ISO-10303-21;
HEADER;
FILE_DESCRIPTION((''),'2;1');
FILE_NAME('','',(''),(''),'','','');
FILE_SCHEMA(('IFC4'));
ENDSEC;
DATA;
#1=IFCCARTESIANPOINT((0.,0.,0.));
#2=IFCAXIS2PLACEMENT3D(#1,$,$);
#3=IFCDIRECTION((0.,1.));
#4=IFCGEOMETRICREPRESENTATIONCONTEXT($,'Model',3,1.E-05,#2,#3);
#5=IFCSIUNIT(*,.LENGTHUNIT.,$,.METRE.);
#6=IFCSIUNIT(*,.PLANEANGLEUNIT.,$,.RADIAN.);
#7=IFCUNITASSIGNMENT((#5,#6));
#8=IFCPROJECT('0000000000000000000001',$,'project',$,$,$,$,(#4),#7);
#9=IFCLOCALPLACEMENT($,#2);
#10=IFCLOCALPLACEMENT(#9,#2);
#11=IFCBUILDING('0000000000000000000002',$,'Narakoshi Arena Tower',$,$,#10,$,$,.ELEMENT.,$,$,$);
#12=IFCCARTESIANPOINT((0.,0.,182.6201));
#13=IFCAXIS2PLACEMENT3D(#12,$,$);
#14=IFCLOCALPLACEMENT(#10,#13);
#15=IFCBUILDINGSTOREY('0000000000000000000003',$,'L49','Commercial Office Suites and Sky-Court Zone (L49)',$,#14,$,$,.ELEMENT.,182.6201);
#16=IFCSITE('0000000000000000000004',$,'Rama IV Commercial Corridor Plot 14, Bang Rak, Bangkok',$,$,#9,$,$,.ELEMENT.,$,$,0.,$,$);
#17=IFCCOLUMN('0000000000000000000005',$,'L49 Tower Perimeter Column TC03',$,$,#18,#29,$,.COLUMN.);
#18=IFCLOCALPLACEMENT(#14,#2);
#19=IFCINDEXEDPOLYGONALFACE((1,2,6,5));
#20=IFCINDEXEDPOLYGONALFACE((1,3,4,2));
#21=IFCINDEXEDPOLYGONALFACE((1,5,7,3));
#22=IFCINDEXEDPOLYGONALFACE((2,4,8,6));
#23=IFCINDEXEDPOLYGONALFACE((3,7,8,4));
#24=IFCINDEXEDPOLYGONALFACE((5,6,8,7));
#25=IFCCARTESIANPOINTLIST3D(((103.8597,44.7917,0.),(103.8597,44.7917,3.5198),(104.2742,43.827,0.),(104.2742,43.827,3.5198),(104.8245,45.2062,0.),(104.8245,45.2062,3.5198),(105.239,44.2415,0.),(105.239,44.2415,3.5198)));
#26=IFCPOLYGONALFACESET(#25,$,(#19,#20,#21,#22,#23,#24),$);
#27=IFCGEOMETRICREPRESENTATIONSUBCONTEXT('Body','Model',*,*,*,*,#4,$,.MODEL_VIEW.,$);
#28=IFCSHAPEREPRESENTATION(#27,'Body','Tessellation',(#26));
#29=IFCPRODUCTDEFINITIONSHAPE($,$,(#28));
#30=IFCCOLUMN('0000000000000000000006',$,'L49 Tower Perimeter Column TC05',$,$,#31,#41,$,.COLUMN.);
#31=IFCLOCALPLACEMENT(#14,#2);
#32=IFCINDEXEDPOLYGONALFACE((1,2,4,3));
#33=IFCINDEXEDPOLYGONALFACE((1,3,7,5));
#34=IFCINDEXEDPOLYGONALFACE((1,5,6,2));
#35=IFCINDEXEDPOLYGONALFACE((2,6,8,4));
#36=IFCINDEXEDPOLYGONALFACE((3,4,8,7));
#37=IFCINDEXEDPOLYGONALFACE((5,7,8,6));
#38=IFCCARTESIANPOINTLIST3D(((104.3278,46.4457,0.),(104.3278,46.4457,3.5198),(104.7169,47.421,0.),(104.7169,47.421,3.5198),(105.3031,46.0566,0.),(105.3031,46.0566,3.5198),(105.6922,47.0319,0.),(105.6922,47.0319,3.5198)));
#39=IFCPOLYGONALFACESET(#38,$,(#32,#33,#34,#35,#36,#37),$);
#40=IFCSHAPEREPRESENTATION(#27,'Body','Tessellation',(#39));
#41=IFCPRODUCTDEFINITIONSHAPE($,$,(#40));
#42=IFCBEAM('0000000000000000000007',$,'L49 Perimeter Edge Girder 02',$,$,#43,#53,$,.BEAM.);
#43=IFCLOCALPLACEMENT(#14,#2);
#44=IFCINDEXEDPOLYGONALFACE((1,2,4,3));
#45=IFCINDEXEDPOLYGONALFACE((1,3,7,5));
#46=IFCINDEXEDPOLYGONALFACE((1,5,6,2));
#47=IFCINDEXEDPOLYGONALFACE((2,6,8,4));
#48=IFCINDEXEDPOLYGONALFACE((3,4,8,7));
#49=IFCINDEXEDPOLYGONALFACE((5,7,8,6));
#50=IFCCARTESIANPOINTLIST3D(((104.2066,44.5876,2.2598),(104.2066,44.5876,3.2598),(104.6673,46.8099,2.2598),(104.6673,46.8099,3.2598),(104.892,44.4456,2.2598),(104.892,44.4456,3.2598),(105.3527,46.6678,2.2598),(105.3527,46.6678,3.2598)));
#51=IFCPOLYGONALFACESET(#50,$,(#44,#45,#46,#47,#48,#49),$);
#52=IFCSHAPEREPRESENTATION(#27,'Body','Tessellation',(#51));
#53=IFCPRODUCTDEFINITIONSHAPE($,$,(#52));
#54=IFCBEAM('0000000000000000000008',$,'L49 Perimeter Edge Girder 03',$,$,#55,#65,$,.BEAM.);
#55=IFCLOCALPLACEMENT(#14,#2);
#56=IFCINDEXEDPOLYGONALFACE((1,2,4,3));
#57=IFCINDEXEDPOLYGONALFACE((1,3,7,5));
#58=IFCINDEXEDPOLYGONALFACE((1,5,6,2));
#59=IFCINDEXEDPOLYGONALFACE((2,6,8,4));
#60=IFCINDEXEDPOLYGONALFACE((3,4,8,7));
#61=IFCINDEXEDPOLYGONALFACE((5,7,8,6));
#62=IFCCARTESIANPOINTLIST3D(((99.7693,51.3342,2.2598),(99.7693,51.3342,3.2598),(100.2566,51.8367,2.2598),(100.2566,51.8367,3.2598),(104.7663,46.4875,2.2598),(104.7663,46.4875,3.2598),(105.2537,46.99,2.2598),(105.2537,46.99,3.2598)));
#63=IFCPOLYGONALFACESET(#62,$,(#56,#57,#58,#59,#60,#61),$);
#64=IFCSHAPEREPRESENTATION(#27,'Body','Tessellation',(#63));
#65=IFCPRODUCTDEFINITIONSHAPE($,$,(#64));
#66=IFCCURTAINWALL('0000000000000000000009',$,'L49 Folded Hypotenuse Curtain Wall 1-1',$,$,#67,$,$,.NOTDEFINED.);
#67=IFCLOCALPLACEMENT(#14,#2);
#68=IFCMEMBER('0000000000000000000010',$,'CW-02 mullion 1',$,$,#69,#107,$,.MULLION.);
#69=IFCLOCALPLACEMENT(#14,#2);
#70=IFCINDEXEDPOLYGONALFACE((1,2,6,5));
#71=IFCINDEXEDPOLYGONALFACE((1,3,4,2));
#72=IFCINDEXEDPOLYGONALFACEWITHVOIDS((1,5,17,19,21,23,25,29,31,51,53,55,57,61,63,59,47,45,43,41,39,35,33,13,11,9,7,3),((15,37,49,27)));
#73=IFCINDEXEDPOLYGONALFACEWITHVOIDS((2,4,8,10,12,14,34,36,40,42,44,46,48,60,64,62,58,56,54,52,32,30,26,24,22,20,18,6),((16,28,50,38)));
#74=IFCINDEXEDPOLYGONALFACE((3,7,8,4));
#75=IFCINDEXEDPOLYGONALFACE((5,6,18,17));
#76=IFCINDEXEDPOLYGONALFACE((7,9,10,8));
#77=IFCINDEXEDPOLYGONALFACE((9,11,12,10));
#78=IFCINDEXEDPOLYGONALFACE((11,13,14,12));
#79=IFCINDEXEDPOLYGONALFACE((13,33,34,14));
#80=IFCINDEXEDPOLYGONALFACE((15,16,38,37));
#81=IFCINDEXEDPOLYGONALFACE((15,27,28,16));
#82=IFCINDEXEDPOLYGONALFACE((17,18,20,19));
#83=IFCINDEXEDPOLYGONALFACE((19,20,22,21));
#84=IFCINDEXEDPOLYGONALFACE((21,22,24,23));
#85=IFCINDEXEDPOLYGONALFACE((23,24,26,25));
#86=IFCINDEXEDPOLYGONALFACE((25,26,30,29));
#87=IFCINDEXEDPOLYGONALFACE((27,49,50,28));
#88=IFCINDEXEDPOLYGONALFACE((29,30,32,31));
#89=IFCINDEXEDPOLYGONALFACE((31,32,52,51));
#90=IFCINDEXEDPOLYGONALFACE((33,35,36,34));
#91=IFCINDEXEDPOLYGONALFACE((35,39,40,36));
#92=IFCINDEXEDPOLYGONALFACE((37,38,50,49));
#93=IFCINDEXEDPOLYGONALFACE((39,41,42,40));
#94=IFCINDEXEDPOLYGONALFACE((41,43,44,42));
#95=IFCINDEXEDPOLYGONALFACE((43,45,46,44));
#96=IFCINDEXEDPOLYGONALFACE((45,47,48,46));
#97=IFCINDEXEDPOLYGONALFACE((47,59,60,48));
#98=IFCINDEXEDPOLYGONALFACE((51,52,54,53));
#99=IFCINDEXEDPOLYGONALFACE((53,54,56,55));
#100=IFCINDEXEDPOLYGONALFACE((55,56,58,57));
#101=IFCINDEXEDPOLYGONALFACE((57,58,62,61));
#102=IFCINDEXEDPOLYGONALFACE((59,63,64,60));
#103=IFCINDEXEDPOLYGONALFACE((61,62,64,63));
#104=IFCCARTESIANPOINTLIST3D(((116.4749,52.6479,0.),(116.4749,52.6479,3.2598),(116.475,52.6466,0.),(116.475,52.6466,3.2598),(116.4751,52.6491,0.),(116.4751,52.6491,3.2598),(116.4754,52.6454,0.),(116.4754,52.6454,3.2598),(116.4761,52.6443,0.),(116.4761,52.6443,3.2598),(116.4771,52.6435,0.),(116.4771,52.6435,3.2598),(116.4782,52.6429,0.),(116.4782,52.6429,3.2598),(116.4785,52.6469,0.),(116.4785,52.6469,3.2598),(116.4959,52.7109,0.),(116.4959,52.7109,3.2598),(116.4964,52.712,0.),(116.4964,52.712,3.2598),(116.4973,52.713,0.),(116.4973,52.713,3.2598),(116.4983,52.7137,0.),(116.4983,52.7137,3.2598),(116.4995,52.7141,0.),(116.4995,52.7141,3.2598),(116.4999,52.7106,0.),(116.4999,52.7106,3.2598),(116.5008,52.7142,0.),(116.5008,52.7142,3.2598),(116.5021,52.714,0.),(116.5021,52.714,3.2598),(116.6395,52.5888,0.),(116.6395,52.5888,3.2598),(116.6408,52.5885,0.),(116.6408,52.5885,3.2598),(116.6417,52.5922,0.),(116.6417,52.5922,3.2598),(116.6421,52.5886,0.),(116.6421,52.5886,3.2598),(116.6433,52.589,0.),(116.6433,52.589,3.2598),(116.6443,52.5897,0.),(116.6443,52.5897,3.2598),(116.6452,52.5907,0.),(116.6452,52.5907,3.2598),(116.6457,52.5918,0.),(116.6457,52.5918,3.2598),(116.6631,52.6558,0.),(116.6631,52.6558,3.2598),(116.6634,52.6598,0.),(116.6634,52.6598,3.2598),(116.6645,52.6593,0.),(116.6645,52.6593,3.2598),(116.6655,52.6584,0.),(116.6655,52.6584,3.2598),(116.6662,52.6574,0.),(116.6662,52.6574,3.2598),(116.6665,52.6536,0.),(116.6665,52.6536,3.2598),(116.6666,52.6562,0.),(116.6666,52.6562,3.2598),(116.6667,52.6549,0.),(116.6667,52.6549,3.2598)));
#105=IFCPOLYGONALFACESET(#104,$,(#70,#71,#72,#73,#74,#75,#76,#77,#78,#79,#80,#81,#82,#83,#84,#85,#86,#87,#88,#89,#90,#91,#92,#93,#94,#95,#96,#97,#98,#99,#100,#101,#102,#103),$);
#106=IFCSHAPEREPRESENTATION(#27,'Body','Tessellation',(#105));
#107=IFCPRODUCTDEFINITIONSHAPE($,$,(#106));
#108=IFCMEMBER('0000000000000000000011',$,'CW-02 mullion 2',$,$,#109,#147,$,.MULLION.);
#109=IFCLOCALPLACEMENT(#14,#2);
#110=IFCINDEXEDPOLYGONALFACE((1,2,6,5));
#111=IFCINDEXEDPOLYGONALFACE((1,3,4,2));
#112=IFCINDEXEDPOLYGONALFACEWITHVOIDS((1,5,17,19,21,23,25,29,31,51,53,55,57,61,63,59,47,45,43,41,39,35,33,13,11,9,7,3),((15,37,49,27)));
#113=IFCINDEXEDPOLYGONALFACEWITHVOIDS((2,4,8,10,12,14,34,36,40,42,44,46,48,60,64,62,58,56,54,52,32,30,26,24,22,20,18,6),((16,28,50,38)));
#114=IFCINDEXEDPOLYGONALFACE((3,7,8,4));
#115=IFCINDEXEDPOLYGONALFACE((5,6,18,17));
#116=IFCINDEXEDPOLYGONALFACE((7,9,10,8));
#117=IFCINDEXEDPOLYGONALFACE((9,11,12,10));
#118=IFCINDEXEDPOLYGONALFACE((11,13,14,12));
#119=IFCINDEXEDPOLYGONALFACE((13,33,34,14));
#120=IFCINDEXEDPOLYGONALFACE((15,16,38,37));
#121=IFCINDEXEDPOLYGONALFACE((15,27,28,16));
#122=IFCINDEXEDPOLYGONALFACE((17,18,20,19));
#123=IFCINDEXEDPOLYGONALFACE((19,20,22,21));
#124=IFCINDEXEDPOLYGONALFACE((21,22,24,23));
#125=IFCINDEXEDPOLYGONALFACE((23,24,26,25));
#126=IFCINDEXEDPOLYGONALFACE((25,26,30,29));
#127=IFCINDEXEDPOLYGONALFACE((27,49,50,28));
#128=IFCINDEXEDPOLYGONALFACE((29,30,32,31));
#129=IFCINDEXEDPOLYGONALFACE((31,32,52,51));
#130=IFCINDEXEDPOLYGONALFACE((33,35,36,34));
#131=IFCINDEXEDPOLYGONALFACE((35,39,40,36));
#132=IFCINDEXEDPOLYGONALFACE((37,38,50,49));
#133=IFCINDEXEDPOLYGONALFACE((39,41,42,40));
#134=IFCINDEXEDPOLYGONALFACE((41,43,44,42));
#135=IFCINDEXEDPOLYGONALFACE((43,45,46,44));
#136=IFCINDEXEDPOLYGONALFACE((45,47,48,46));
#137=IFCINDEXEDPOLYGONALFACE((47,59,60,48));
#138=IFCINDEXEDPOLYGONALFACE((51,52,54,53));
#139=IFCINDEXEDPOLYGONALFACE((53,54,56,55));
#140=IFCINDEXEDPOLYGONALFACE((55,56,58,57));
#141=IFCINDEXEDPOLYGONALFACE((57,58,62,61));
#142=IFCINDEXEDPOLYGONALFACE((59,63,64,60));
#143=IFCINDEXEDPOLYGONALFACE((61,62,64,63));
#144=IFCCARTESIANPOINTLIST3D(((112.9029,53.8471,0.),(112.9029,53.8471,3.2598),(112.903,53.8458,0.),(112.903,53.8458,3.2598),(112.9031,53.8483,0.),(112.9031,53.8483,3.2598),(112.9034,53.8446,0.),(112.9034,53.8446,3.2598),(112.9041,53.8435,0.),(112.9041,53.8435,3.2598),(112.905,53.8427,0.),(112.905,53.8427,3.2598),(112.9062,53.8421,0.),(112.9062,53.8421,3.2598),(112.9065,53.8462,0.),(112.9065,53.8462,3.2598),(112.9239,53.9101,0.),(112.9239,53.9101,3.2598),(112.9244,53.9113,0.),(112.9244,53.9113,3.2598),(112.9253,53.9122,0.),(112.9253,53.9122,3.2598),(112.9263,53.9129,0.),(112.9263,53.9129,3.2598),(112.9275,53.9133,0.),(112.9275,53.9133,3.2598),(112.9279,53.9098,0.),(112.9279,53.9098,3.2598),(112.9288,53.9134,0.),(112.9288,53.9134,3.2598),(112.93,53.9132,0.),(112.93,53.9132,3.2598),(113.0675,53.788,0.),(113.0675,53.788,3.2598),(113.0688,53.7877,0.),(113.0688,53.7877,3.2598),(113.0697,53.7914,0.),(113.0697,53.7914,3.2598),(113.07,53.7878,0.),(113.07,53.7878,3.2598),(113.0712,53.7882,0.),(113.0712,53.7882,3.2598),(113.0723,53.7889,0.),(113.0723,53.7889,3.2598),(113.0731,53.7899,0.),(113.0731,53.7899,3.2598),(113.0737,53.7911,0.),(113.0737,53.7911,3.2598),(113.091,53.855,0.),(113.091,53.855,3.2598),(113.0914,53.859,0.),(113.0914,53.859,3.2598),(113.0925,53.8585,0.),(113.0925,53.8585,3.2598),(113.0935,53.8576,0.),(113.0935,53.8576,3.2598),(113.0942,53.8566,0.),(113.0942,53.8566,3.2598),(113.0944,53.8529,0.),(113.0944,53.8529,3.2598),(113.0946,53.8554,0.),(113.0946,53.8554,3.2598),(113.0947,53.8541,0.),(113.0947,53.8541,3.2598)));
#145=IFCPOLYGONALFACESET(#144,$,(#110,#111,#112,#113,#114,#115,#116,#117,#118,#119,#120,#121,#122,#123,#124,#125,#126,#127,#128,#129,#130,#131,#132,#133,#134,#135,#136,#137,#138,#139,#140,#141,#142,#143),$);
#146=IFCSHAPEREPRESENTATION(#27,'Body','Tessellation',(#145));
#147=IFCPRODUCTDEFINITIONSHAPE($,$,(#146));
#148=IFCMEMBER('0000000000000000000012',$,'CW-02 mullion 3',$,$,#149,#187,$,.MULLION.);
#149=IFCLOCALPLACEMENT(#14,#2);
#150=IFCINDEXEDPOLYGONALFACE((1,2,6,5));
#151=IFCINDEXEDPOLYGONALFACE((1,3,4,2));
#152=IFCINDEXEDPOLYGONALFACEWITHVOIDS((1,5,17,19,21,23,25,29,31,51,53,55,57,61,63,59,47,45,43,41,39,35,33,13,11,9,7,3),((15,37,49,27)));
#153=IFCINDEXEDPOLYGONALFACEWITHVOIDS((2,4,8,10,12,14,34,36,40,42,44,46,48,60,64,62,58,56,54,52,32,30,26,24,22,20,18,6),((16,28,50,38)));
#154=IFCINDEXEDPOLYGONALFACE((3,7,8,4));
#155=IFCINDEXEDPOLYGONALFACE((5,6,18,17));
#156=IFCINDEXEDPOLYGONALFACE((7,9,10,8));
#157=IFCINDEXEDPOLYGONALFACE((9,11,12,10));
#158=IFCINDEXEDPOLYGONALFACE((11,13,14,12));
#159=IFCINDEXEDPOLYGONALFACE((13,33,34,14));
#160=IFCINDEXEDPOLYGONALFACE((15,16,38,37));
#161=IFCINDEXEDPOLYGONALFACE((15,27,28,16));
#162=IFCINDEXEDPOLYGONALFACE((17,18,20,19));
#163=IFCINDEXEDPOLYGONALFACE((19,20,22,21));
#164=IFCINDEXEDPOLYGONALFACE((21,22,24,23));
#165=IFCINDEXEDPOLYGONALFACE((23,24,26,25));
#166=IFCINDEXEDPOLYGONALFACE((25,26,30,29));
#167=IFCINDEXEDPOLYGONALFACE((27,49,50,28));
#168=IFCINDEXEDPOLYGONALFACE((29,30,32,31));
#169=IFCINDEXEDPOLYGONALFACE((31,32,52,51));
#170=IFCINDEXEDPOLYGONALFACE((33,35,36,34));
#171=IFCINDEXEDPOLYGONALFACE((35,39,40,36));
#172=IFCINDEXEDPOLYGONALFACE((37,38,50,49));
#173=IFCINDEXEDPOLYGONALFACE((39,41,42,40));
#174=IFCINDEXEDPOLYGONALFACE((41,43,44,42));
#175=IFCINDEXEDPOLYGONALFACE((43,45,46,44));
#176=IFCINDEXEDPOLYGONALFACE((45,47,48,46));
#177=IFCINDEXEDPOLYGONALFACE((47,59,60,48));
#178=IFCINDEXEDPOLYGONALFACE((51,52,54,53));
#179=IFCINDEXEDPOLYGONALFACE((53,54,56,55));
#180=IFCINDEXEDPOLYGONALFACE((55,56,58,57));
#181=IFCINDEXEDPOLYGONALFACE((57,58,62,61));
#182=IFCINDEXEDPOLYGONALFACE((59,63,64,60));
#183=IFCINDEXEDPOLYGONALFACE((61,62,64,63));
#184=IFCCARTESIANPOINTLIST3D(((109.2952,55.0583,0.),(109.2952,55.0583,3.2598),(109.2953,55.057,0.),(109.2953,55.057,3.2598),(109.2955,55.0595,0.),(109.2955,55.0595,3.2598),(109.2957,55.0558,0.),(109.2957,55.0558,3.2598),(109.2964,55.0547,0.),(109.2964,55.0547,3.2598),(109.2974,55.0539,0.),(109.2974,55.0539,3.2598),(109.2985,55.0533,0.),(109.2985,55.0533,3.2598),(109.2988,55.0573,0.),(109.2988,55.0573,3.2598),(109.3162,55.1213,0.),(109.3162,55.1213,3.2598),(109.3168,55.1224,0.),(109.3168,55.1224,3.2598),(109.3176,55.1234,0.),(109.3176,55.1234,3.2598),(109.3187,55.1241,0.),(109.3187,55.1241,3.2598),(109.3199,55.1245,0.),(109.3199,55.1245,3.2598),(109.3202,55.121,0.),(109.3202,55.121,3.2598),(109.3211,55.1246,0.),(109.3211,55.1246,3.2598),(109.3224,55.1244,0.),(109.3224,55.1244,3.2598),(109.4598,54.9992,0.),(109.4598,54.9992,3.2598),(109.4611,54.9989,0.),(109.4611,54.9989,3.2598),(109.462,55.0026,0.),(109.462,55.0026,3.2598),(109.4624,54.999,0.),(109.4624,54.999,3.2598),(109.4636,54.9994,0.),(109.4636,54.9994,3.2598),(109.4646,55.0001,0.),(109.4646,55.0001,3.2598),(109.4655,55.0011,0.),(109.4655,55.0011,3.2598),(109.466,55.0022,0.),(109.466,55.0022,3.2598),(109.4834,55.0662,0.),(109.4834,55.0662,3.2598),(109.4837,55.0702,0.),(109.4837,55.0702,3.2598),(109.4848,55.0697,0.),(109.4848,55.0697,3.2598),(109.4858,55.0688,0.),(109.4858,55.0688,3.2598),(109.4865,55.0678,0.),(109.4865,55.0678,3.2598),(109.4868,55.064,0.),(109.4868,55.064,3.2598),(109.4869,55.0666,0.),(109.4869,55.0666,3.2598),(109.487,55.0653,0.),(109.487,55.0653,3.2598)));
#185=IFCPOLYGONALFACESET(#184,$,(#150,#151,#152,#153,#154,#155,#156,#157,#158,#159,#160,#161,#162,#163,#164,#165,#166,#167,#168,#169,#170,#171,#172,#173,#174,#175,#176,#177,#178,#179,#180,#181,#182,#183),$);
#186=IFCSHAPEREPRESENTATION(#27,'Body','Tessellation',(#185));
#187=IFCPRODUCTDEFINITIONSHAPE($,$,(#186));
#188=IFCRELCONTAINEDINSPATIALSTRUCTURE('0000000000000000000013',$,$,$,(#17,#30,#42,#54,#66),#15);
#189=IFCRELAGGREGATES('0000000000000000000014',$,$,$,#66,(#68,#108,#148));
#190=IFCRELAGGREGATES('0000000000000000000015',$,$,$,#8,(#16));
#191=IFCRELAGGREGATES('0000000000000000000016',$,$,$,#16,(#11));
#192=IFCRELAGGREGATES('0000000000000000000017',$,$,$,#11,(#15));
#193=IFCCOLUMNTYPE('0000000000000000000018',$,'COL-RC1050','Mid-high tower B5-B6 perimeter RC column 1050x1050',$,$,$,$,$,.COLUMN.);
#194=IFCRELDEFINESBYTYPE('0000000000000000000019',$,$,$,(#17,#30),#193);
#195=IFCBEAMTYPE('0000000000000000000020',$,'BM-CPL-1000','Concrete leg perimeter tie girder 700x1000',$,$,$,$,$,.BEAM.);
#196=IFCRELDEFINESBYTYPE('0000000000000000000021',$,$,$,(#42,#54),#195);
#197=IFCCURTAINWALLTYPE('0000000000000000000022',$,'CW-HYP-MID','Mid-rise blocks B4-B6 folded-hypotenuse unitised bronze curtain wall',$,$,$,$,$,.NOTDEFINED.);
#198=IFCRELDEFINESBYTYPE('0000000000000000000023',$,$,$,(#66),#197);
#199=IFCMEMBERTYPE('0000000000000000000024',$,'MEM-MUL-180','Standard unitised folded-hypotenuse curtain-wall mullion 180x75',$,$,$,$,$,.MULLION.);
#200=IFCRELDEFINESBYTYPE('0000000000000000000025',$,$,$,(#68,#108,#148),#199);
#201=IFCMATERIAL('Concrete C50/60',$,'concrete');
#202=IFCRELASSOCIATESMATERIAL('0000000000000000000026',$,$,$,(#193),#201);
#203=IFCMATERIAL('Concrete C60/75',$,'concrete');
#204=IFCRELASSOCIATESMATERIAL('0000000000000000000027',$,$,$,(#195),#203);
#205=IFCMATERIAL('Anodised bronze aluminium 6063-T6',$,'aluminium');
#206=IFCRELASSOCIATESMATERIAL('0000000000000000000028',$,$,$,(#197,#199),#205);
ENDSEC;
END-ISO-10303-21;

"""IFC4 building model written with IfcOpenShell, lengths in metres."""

from ifc_helpers import new_model, si_unit, direction, frame, origin, origin_2d, place, context, subcontext, project, spatial, rectangle, hollow_rectangle, extrude, material, material_profile, profile_set, type_object, element, aggregate, save


model = new_model("IFC4")

# Units and contexts
model_context = context("Model", 3, precision=1e-05, world=origin(), true_north=direction((0.0, 1.0)))
body_context = subcontext(model_context, "Body", "Model", "MODEL_VIEW")
ifc_project = project(units=[si_unit("LENGTHUNIT", "METRE"), si_unit("PLANEANGLEUNIT", "RADIAN")], contexts=[model_context])

# Site, building, storey
site_placement = place(None, origin())
site = spatial("IfcSite", under=ifc_project, at=site_placement, Name="Rama IV Commercial Corridor Plot 14, Bang Rak, Bangkok", CompositionType="ELEMENT", RefElevation=0.0)
building_placement = place(site_placement, origin())
building = spatial("IfcBuilding", under=site, at=building_placement, Name="Narakoshi Arena Tower", CompositionType="ELEMENT")
storey_placement = place(building_placement, frame((0.0, 0.0, 182.6201)))
storey = spatial("IfcBuildingStorey", under=building, at=storey_placement, Name="L49", Description="Commercial Office Suites and Sky-Court Zone (L49)", CompositionType="ELEMENT", Elevation=182.6201)

# Columns
ifc_material_1 = material(Name="Concrete C50/60", Category="concrete")
ifc_material_profile_1 = material_profile(ifc_material_1, rectangle(XDim=1.05, YDim=1.05, at=origin_2d()), Name="RC1050x1050")
ifc_profile_set_1 = profile_set([ifc_material_profile_1], Name="Concrete C50/60")
column_type = type_object("IfcColumnType", Name="COL-RC1050", Description="Mid-high tower B5-B6 perimeter RC column 1050x1050", PredefinedType="COLUMN", material=ifc_profile_set_1)
for number, where, z_axis, x_axis, name in (
    (1, (104.5493, 44.5166, 0.0), (0.0, 0.0, 1.0), (0.918791, 0.394744, 0.0), "L49 Tower Perimeter Column TC03"),
    (2, (105.01, 46.7388, 0.0), (0.0, 0.0, 1.0), (0.370557, 0.92881, 0.0), "L49 Tower Perimeter Column TC05"),
):
    element("IfcColumn", number, at=place(storey_placement, frame(where, z_axis=z_axis, x_axis=x_axis)), inside=storey, type_object=column_type, Name=name, PredefinedType="COLUMN", context=body_context, shape_type="SweptSolid", body=[
        extrude(rectangle(XDim=1.05, YDim=1.05, at=origin_2d()), origin(), (0.0, 0.0, 1.0), 3.5198),
    ])

# Beams
ifc_material_2 = material(Name="Concrete C60/75", Category="concrete")
ifc_material_profile_2 = material_profile(ifc_material_2, rectangle(XDim=0.7, YDim=1.0, at=origin_2d()), Name="RCB700x1000")
ifc_profile_set_2 = profile_set([ifc_material_profile_2], Name="Concrete C60/75")
beam_type = type_object("IfcBeamType", Name="BM-CPL-1000", Description="Concrete leg perimeter tie girder 700x1000", PredefinedType="BEAM", material=ifc_profile_set_2)
beam_1_placement = place(storey_placement, frame((104.5493, 44.5166, 2.7598), z_axis=(0.203, 0.979179, 0.0), x_axis=(-0.979179, 0.203, 0.0)))
element("IfcBeam", 3, at=beam_1_placement, inside=storey, type_object=beam_type, Name="L49 Perimeter Edge Girder 02", PredefinedType="BEAM", context=body_context, shape_type="SweptSolid", body=[
    extrude(rectangle(XDim=0.7, YDim=1.0, at=origin_2d()), origin(), (0.0, 0.0, 1.0), 2.2695),
])
beam_2_placement = place(storey_placement, frame((105.01, 46.7388, 2.7598), z_axis=(-0.717826, 0.696223, 0.0), x_axis=(-0.696223, -0.717826, 0.0)))
element("IfcBeam", 4, at=beam_2_placement, inside=storey, type_object=beam_type, Name="L49 Perimeter Edge Girder 03", PredefinedType="BEAM", context=body_context, shape_type="SweptSolid", body=[
    extrude(rectangle(XDim=0.7, YDim=1.0, at=origin_2d()), origin(), (0.0, 0.0, 1.0), 6.9614),
])

# Curtain wall, members
ifc_material_3 = material(Name="Anodised bronze aluminium 6063-T6", Category="aluminium")
curtain_wall_type = type_object("IfcCurtainWallType", Name="CW-HYP-MID", Description="Mid-rise blocks B4-B6 folded-hypotenuse unitised bronze curtain wall", PredefinedType="NOTDEFINED", material=ifc_material_3)
curtain_wall_placement = place(storey_placement, origin())
curtain_wall = element("IfcCurtainWall", 5, at=curtain_wall_placement, inside=storey, type_object=curtain_wall_type, Name="L49 Folded Hypotenuse Curtain Wall 1-1", PredefinedType="NOTDEFINED")
ifc_material_profile_3 = material_profile(ifc_material_3, hollow_rectangle(XDim=0.075, YDim=0.1799, WallThickness=0.0039, OuterFilletRadius=0.0049, at=origin_2d()), Name="MUL180x75x4")
ifc_profile_set_3 = profile_set([ifc_material_profile_3], Name="Anodised bronze aluminium 6063-T6")
member_type_1 = type_object("IfcMemberType", Name="MEM-MUL-180", Description="Standard unitised folded-hypotenuse curtain-wall mullion 180x75", PredefinedType="MULLION", material=ifc_profile_set_3)
member_1_placement = place(storey_placement, frame((116.5708, 52.6514, 0.0), z_axis=(0.0, 0.0, 1.0), x_axis=(-0.318261, -0.948003, 0.0)))
member_1 = element("IfcMember", 6, at=member_1_placement, type_object=member_type_1, Name="CW-02 mullion 1", PredefinedType="MULLION", context=body_context, shape_type="SweptSolid", body=[
    extrude(hollow_rectangle(XDim=0.075, YDim=0.1799, WallThickness=0.0039, OuterFilletRadius=0.0049, at=origin_2d()), origin(), (0.0, 0.0, 1.0), 3.2598),
])
member_2_placement = place(storey_placement, frame((112.9988, 53.8506, 0.0), z_axis=(0.0, 0.0, 1.0), x_axis=(-0.318261, -0.948003, 0.0)))
member_2 = element("IfcMember", 7, at=member_2_placement, type_object=member_type_1, Name="CW-02 mullion 2", PredefinedType="MULLION", context=body_context, shape_type="SweptSolid", body=[
    extrude(hollow_rectangle(XDim=0.075, YDim=0.1799, WallThickness=0.0039, OuterFilletRadius=0.0049, at=origin_2d()), origin(), (0.0, 0.0, 1.0), 3.2598),
])
member_3_placement = place(storey_placement, frame((109.3911, 55.0618, 0.0), z_axis=(0.0, 0.0, 1.0), x_axis=(-0.318261, -0.948003, 0.0)))
member_3 = element("IfcMember", 8, at=member_3_placement, type_object=member_type_1, Name="CW-02 mullion 3", PredefinedType="MULLION", context=body_context, shape_type="SweptSolid", body=[
    extrude(hollow_rectangle(XDim=0.075, YDim=0.1799, WallThickness=0.0039, OuterFilletRadius=0.0049, at=origin_2d()), origin(), (0.0, 0.0, 1.0), 3.2598),
])
aggregate(curtain_wall, [member_1, member_2, member_3])

save(model, "model.ifc")
